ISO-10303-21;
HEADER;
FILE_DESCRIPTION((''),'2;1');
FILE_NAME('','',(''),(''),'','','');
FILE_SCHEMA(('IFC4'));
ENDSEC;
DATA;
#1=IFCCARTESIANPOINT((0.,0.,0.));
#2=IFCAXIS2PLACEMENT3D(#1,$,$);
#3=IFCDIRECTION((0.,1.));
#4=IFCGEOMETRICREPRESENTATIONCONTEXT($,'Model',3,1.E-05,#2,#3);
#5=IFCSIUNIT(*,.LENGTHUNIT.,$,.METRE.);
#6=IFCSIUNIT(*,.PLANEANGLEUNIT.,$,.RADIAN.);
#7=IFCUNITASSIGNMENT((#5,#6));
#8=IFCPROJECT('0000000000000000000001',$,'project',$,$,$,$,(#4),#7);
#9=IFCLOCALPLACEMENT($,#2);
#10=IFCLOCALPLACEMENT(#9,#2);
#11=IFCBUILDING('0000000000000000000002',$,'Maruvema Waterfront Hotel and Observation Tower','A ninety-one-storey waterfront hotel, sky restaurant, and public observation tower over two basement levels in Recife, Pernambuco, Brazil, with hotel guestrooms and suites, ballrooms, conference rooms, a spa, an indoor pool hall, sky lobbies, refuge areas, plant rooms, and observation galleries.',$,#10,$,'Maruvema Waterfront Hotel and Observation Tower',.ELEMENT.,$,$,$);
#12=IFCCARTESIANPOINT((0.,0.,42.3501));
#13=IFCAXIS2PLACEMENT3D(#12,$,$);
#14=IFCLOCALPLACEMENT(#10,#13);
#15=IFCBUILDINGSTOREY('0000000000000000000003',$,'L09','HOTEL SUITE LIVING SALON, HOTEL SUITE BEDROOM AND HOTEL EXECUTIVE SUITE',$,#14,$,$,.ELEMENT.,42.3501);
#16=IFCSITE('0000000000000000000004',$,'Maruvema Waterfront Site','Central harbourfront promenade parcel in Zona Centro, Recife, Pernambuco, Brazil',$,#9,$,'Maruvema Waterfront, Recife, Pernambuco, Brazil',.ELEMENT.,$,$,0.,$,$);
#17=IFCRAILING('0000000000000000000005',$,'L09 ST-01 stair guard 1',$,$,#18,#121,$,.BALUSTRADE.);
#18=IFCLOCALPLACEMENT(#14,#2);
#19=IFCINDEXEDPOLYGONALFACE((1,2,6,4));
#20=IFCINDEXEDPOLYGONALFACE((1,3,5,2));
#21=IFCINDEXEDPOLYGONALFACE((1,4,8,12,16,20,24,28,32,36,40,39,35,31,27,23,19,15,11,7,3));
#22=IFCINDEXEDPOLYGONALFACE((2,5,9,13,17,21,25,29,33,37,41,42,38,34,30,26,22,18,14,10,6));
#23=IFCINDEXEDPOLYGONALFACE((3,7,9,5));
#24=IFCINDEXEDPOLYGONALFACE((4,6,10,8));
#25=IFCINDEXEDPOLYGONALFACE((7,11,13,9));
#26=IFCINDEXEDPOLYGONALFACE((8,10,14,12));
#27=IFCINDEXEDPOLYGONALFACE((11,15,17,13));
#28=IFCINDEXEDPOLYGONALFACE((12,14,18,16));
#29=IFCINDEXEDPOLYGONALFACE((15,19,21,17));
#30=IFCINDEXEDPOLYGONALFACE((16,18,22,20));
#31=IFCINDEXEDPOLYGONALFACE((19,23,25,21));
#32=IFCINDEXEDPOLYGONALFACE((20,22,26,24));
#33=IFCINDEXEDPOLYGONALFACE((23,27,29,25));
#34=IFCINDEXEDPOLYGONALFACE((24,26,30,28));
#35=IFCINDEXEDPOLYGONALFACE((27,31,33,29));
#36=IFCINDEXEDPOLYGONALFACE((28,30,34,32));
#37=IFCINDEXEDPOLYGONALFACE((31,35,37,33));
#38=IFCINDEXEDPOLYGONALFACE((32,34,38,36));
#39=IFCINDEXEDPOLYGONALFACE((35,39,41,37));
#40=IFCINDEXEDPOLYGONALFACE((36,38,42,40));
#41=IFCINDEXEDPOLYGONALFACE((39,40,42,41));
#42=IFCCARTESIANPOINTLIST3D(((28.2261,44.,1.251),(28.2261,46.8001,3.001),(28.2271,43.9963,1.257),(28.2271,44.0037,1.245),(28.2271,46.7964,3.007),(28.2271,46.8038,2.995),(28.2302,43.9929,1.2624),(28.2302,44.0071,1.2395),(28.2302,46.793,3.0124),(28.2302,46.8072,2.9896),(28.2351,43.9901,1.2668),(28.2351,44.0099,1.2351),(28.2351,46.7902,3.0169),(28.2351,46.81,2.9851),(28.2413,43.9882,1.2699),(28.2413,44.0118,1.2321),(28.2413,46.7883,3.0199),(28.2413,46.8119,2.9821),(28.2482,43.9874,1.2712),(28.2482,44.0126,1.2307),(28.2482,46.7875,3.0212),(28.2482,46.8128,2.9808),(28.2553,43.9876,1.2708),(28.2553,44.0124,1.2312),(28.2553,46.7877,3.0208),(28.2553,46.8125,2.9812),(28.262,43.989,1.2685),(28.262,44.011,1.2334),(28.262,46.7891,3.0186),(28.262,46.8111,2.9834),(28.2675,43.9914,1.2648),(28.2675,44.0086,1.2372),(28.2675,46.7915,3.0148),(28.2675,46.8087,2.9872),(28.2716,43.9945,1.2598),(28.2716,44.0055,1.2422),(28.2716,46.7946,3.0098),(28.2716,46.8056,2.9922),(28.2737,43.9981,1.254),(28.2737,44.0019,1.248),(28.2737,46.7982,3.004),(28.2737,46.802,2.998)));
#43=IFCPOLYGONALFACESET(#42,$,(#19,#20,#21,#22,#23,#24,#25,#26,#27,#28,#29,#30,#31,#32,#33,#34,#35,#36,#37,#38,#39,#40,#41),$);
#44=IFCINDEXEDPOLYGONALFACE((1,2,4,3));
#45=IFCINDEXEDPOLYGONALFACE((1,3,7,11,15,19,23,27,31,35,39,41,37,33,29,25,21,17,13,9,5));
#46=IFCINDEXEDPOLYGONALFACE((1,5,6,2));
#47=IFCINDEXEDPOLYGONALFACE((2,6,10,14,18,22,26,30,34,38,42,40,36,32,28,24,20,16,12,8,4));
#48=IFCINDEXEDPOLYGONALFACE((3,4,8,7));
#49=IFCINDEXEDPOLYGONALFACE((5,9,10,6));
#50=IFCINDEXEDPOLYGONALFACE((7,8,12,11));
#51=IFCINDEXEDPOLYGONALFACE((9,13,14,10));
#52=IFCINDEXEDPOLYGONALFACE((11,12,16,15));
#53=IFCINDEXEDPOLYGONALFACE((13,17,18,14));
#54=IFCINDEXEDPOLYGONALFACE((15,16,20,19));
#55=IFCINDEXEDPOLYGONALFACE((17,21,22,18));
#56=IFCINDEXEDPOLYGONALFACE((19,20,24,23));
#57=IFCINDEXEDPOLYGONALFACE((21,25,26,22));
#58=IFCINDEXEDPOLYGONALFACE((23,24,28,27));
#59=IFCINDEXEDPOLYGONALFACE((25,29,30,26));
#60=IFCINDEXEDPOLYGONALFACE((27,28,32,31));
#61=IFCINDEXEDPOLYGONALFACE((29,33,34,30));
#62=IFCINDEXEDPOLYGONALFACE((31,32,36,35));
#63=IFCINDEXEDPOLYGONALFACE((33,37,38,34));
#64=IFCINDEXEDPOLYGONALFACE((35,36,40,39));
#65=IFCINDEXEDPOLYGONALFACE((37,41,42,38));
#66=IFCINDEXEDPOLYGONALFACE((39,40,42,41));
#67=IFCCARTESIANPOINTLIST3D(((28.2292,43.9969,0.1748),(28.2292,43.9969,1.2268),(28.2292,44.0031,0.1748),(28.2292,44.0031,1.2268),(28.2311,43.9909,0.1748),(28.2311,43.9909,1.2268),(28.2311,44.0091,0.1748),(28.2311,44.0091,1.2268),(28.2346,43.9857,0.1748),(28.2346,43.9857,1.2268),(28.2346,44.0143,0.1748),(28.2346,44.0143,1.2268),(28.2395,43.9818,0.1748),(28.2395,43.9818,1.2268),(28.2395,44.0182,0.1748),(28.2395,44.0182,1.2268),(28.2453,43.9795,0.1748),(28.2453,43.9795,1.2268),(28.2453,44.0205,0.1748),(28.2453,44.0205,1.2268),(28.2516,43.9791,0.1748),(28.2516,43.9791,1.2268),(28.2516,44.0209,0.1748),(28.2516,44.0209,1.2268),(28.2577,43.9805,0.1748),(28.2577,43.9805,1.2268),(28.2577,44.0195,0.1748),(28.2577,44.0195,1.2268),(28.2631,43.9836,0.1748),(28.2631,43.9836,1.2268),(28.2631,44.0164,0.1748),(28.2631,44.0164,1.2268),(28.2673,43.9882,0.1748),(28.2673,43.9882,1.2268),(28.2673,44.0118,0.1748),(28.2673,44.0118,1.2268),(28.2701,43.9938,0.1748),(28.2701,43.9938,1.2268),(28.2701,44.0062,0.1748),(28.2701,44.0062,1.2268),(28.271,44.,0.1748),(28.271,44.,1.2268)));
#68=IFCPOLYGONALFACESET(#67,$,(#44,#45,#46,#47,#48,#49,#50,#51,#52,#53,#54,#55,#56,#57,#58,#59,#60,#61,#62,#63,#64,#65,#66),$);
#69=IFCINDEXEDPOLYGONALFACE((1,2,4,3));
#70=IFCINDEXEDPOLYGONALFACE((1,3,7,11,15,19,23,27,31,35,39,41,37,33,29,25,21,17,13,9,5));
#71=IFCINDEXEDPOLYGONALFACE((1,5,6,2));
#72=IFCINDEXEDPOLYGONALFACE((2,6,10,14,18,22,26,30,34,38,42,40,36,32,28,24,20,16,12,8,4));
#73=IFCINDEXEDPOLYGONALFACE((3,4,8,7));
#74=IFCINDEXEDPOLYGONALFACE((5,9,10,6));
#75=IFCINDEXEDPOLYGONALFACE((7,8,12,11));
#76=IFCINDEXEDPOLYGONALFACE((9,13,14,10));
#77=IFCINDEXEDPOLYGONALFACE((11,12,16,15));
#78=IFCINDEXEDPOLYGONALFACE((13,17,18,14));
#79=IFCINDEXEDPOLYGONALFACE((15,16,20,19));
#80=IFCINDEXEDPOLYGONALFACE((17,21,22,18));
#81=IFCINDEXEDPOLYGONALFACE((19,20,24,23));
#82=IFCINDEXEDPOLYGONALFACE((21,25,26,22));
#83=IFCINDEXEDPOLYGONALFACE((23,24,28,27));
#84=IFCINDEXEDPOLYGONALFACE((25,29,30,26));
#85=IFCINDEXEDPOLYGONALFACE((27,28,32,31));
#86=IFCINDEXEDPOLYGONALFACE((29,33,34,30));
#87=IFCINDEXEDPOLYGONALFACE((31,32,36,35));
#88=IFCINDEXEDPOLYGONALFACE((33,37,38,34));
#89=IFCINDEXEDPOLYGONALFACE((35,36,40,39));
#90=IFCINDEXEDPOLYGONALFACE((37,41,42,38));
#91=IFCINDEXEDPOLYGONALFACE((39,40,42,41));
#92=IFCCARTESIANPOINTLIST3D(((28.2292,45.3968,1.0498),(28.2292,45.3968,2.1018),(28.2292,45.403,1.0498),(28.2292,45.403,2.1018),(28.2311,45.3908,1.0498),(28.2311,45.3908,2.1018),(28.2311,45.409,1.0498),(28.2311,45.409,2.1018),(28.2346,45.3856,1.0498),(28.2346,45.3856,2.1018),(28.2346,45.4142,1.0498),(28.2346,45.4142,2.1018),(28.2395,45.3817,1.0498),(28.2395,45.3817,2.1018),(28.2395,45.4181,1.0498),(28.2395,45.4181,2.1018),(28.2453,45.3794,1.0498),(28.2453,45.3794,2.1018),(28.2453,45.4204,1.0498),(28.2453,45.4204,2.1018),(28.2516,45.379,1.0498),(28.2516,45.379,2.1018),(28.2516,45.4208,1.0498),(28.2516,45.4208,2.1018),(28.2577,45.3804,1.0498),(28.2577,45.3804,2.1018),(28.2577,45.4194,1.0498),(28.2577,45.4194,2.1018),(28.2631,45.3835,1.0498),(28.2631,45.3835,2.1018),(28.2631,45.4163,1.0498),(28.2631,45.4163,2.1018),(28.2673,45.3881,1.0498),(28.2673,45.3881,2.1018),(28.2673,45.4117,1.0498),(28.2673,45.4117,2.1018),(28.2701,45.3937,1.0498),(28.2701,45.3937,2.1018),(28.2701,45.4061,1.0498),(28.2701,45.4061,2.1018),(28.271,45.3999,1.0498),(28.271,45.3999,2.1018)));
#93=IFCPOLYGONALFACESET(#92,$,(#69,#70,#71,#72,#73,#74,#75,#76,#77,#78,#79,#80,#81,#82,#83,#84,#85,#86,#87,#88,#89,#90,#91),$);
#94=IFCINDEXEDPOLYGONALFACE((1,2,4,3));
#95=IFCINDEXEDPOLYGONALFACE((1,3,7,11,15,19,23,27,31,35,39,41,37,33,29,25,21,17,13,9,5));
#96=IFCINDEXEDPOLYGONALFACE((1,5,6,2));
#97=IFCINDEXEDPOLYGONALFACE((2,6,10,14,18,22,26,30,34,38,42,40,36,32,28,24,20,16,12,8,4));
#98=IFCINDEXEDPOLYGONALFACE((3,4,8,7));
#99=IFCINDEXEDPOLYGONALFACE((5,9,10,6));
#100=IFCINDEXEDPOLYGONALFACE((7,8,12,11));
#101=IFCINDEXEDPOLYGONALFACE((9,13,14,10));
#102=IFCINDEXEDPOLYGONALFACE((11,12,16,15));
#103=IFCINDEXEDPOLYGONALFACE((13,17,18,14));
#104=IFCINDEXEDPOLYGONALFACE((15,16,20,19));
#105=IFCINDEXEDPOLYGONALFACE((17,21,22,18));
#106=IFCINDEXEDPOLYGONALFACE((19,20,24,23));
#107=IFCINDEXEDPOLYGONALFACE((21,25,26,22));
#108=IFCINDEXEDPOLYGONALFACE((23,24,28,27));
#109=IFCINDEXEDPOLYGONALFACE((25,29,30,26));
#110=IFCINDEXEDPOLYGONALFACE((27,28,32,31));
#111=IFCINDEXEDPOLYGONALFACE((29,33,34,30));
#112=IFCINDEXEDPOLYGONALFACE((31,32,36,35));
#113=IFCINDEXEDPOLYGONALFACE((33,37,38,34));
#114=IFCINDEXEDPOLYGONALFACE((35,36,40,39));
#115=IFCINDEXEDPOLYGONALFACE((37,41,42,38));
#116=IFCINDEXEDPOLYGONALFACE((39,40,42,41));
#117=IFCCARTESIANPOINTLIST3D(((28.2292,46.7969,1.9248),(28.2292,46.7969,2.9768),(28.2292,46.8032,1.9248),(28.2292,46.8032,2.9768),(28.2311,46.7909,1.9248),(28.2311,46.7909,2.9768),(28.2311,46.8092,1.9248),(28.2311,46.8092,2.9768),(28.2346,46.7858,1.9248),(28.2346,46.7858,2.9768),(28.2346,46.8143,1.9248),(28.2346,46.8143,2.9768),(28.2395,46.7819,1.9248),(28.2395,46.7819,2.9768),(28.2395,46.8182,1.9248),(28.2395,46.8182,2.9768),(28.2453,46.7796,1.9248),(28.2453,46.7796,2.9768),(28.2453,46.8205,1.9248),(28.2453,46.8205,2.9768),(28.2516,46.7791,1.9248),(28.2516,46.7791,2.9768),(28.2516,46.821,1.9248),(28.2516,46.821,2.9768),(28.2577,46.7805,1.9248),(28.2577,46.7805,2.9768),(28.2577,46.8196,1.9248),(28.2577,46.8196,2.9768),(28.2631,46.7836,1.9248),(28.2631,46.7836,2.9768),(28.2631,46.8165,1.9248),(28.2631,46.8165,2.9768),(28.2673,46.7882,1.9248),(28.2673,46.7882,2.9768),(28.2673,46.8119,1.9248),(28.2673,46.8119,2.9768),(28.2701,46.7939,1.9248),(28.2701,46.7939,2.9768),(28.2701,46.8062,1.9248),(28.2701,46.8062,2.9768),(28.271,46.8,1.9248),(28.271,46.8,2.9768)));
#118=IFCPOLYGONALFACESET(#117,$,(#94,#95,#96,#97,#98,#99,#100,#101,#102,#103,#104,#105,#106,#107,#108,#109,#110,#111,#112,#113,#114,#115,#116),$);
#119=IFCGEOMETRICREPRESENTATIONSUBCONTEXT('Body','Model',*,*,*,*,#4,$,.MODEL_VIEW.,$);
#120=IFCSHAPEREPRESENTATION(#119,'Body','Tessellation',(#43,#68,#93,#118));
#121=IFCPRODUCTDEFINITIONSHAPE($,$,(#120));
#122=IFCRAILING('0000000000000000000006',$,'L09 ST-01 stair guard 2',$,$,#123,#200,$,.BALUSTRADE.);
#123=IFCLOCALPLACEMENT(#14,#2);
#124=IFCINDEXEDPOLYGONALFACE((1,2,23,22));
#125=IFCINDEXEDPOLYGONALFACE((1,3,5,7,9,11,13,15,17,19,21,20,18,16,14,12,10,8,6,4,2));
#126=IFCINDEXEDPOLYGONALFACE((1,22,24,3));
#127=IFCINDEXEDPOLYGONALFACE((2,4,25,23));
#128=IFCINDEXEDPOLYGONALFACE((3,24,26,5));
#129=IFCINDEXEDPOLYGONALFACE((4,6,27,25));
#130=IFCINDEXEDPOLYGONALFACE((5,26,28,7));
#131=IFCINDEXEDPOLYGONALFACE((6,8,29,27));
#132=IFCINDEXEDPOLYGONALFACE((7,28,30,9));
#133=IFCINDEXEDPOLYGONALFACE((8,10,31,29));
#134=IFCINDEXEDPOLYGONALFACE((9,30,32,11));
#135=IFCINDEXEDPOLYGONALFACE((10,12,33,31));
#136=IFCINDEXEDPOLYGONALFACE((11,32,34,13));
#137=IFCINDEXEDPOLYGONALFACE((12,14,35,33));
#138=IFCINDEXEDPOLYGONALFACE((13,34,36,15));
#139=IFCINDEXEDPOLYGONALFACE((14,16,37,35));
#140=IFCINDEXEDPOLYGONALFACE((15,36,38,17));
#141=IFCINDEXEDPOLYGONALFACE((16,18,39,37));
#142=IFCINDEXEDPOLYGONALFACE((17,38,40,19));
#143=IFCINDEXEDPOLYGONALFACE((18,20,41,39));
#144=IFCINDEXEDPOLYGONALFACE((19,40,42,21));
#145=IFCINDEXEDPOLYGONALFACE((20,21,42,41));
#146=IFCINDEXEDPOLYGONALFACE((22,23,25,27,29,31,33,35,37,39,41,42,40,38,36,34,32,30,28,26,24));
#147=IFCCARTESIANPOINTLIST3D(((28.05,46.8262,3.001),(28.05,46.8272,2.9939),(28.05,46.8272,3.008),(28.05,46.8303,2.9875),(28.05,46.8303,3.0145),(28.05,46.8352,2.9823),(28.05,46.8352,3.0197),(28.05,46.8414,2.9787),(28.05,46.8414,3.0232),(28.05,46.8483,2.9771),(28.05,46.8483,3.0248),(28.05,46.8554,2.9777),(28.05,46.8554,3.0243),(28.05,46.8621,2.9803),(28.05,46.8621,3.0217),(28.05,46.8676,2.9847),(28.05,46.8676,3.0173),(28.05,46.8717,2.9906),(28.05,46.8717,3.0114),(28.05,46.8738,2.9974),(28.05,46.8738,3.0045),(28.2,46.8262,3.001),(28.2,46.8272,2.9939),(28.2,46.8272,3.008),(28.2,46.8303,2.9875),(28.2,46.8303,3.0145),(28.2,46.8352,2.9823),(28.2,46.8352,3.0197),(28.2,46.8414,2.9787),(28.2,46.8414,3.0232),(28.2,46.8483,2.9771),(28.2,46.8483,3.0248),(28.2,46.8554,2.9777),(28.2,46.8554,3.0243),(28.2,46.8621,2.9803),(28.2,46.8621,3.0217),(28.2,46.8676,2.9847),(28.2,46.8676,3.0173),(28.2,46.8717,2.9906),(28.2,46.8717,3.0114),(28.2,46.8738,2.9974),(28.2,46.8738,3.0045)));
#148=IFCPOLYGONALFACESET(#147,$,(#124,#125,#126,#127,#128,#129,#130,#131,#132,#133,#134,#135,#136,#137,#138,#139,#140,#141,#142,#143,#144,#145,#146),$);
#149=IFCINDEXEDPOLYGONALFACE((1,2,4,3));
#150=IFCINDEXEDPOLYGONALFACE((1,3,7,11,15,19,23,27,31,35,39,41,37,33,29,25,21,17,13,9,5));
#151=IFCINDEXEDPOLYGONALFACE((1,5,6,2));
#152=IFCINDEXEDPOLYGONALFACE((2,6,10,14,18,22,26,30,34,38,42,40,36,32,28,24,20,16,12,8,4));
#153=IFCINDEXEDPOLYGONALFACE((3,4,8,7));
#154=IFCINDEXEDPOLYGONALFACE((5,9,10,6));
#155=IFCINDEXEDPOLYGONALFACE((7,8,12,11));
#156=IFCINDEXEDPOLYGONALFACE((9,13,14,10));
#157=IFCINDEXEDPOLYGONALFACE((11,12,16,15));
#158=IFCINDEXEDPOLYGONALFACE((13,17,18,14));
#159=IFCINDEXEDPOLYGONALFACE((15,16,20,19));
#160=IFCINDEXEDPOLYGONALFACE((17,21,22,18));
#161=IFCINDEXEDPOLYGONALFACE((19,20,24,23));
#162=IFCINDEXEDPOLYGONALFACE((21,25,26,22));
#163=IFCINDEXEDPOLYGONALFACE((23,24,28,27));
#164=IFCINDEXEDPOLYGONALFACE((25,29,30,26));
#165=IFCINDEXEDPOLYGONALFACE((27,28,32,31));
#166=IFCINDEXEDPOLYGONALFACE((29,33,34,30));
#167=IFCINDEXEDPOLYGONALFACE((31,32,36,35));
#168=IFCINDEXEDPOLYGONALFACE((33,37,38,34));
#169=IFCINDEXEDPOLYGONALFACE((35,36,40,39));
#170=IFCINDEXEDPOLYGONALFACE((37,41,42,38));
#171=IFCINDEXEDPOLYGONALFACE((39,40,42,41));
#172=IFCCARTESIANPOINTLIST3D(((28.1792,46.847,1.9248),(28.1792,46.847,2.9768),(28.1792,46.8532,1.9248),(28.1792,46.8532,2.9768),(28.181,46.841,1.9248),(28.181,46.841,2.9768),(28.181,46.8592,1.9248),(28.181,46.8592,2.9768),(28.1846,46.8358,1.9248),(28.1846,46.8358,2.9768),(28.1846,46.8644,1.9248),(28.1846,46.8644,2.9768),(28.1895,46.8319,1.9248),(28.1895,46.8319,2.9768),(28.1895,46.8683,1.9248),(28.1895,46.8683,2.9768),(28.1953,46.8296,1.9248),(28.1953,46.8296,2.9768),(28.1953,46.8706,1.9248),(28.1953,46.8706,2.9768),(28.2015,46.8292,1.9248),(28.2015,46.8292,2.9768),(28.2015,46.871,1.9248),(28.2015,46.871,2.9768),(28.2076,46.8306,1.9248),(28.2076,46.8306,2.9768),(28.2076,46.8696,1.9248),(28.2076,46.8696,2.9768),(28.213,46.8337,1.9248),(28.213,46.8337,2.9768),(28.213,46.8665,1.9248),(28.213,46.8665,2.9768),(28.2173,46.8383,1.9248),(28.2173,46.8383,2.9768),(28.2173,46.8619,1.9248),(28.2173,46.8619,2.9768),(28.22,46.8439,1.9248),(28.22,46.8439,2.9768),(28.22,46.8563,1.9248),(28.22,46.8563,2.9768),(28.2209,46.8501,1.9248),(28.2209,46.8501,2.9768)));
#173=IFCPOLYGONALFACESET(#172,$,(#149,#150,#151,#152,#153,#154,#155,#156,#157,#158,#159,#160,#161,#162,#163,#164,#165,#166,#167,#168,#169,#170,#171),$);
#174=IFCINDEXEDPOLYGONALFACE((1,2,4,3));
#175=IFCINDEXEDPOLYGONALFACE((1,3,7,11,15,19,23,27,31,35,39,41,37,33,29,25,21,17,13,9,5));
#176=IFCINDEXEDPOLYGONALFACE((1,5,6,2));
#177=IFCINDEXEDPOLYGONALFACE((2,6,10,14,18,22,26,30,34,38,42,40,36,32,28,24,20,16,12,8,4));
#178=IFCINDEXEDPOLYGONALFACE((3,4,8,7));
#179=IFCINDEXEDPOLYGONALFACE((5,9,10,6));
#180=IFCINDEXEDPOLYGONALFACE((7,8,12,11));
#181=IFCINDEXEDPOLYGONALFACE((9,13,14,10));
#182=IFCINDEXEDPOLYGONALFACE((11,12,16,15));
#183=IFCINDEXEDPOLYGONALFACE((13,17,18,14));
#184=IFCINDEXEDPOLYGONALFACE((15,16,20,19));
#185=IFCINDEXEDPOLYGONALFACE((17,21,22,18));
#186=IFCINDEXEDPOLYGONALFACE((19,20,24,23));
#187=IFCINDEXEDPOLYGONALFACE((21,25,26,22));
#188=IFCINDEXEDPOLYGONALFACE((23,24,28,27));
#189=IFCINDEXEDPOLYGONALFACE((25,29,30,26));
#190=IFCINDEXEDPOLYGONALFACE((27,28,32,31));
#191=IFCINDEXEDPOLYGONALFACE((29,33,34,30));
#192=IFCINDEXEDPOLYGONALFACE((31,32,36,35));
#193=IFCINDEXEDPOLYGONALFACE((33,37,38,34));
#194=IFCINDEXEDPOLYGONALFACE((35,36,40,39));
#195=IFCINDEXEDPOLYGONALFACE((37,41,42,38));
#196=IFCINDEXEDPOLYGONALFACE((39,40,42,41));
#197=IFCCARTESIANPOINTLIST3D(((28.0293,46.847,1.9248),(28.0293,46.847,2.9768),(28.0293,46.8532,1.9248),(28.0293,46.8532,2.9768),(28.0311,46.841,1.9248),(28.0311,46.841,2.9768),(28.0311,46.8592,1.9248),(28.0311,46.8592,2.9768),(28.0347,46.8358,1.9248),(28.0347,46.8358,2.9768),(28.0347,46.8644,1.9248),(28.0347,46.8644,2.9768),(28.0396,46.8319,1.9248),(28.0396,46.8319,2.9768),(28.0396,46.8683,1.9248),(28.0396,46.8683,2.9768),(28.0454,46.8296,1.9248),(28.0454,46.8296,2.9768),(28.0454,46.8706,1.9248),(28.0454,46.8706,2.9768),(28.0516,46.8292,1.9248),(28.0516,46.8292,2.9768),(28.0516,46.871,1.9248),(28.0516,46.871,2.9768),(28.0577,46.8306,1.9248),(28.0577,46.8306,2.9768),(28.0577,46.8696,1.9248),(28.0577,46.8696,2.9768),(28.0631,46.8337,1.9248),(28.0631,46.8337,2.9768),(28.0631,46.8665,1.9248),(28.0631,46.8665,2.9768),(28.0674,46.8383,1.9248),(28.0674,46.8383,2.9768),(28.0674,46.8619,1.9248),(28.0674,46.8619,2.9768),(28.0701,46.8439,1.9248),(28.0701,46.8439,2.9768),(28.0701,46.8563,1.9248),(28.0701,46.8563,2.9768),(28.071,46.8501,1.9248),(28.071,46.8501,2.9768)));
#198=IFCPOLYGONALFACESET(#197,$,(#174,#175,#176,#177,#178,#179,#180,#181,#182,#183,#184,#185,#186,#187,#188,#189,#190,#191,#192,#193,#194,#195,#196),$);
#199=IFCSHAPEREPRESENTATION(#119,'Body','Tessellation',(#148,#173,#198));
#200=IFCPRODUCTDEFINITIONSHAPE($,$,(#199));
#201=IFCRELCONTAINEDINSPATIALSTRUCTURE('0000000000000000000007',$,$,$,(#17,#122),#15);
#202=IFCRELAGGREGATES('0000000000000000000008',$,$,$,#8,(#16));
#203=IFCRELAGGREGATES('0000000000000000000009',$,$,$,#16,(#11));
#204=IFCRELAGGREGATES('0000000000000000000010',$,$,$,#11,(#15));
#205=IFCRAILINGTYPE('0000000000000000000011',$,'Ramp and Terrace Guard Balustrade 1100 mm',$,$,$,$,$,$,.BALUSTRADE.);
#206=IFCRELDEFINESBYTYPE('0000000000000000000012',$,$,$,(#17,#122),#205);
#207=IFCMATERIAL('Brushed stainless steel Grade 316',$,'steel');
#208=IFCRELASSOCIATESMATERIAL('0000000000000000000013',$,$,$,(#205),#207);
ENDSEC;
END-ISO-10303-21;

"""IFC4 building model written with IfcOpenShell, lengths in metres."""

from ifc_helpers import new_model, si_unit, direction, frame, origin, origin_2d, place, context, subcontext, project, spatial, circle, extrude, material, type_object, element, save


model = new_model("IFC4")

# Units and contexts
model_context = context("Model", 3, precision=1e-05, world=origin(), true_north=direction((0.0, 1.0)))
body_context = subcontext(model_context, "Body", "Model", "MODEL_VIEW")
ifc_project = project(units=[si_unit("LENGTHUNIT", "METRE"), si_unit("PLANEANGLEUNIT", "RADIAN")], contexts=[model_context])

# Site, building, storey
site_placement = place(None, origin())
site = spatial("IfcSite", under=ifc_project, at=site_placement, Name="Maruvema Waterfront Site", Description="Central harbourfront promenade parcel in Zona Centro, Recife, Pernambuco, Brazil", LongName="Maruvema Waterfront, Recife, Pernambuco, Brazil", CompositionType="ELEMENT", RefElevation=0.0)
building_placement = place(site_placement, origin())
building = spatial("IfcBuilding", under=site, at=building_placement, Name="Maruvema Waterfront Hotel and Observation Tower", Description="A ninety-one-storey waterfront hotel, sky restaurant, and public observation tower over two basement levels in Recife, Pernambuco, Brazil, with hotel guestrooms and suites, ballrooms, conference rooms, a spa, an indoor pool hall, sky lobbies, refuge areas, plant rooms, and observation galleries.", LongName="Maruvema Waterfront Hotel and Observation Tower", CompositionType="ELEMENT")
storey_placement = place(building_placement, frame((0.0, 0.0, 42.3501)))
storey = spatial("IfcBuildingStorey", under=building, at=storey_placement, Name="L09", Description="HOTEL SUITE LIVING SALON, HOTEL SUITE BEDROOM AND HOTEL EXECUTIVE SUITE", CompositionType="ELEMENT", Elevation=42.3501)

# Railings
ifc_material_1 = material(Name="Brushed stainless steel Grade 316", Category="steel")
railing_type_1 = type_object("IfcRailingType", Name="Ramp and Terrace Guard Balustrade 1100 mm", PredefinedType="BALUSTRADE", material=ifc_material_1)
railing_1_placement = place(storey_placement, frame((28.25, 44.0, 0.1748)))
element("IfcRailing", 1, at=railing_1_placement, inside=storey, type_object=railing_type_1, Name="L09 ST-01 stair guard 1", PredefinedType="BALUSTRADE", context=body_context, shape_type="SweptSolid", body=[
    extrude(circle(Radius=0.0239, at=origin_2d()), frame((0.0, 0.0, 1.0762), z_axis=(0.0, 0.848002, 0.529992), x_axis=(-1.0, 0.0, 0.0)), (0.0, 0.0, 1.0), 3.302),
    extrude(circle(Radius=0.021, at=origin_2d()), origin(), (0.0, 0.0, 1.0), 1.052),
    extrude(circle(Radius=0.021, at=origin_2d()), frame((0.0, 1.3999, 0.875)), (0.0, 0.0, 1.0), 1.052),
    extrude(circle(Radius=0.021, at=origin_2d()), frame((0.0, 2.8, 1.75)), (0.0, 0.0, 1.0), 1.052),
])
railing_2_placement = place(storey_placement, frame((28.2, 46.8501, 1.9248)))
element("IfcRailing", 2, at=railing_2_placement, inside=storey, type_object=railing_type_1, Name="L09 ST-01 stair guard 2", PredefinedType="BALUSTRADE", context=body_context, shape_type="SweptSolid", body=[
    extrude(circle(Radius=0.0239, at=origin_2d()), frame((0.0, 0.0, 1.0762), z_axis=(-1.0, 0.0, 0.0), x_axis=(0.0, -1.0, 0.0)), (0.0, 0.0, 1.0), 0.1499),
    extrude(circle(Radius=0.021, at=origin_2d()), origin(), (0.0, 0.0, 1.0), 1.052),
    extrude(circle(Radius=0.021, at=origin_2d()), frame((-0.1499, 0.0, 0.0)), (0.0, 0.0, 1.0), 1.052),
])

save(model, "model.ifc")
